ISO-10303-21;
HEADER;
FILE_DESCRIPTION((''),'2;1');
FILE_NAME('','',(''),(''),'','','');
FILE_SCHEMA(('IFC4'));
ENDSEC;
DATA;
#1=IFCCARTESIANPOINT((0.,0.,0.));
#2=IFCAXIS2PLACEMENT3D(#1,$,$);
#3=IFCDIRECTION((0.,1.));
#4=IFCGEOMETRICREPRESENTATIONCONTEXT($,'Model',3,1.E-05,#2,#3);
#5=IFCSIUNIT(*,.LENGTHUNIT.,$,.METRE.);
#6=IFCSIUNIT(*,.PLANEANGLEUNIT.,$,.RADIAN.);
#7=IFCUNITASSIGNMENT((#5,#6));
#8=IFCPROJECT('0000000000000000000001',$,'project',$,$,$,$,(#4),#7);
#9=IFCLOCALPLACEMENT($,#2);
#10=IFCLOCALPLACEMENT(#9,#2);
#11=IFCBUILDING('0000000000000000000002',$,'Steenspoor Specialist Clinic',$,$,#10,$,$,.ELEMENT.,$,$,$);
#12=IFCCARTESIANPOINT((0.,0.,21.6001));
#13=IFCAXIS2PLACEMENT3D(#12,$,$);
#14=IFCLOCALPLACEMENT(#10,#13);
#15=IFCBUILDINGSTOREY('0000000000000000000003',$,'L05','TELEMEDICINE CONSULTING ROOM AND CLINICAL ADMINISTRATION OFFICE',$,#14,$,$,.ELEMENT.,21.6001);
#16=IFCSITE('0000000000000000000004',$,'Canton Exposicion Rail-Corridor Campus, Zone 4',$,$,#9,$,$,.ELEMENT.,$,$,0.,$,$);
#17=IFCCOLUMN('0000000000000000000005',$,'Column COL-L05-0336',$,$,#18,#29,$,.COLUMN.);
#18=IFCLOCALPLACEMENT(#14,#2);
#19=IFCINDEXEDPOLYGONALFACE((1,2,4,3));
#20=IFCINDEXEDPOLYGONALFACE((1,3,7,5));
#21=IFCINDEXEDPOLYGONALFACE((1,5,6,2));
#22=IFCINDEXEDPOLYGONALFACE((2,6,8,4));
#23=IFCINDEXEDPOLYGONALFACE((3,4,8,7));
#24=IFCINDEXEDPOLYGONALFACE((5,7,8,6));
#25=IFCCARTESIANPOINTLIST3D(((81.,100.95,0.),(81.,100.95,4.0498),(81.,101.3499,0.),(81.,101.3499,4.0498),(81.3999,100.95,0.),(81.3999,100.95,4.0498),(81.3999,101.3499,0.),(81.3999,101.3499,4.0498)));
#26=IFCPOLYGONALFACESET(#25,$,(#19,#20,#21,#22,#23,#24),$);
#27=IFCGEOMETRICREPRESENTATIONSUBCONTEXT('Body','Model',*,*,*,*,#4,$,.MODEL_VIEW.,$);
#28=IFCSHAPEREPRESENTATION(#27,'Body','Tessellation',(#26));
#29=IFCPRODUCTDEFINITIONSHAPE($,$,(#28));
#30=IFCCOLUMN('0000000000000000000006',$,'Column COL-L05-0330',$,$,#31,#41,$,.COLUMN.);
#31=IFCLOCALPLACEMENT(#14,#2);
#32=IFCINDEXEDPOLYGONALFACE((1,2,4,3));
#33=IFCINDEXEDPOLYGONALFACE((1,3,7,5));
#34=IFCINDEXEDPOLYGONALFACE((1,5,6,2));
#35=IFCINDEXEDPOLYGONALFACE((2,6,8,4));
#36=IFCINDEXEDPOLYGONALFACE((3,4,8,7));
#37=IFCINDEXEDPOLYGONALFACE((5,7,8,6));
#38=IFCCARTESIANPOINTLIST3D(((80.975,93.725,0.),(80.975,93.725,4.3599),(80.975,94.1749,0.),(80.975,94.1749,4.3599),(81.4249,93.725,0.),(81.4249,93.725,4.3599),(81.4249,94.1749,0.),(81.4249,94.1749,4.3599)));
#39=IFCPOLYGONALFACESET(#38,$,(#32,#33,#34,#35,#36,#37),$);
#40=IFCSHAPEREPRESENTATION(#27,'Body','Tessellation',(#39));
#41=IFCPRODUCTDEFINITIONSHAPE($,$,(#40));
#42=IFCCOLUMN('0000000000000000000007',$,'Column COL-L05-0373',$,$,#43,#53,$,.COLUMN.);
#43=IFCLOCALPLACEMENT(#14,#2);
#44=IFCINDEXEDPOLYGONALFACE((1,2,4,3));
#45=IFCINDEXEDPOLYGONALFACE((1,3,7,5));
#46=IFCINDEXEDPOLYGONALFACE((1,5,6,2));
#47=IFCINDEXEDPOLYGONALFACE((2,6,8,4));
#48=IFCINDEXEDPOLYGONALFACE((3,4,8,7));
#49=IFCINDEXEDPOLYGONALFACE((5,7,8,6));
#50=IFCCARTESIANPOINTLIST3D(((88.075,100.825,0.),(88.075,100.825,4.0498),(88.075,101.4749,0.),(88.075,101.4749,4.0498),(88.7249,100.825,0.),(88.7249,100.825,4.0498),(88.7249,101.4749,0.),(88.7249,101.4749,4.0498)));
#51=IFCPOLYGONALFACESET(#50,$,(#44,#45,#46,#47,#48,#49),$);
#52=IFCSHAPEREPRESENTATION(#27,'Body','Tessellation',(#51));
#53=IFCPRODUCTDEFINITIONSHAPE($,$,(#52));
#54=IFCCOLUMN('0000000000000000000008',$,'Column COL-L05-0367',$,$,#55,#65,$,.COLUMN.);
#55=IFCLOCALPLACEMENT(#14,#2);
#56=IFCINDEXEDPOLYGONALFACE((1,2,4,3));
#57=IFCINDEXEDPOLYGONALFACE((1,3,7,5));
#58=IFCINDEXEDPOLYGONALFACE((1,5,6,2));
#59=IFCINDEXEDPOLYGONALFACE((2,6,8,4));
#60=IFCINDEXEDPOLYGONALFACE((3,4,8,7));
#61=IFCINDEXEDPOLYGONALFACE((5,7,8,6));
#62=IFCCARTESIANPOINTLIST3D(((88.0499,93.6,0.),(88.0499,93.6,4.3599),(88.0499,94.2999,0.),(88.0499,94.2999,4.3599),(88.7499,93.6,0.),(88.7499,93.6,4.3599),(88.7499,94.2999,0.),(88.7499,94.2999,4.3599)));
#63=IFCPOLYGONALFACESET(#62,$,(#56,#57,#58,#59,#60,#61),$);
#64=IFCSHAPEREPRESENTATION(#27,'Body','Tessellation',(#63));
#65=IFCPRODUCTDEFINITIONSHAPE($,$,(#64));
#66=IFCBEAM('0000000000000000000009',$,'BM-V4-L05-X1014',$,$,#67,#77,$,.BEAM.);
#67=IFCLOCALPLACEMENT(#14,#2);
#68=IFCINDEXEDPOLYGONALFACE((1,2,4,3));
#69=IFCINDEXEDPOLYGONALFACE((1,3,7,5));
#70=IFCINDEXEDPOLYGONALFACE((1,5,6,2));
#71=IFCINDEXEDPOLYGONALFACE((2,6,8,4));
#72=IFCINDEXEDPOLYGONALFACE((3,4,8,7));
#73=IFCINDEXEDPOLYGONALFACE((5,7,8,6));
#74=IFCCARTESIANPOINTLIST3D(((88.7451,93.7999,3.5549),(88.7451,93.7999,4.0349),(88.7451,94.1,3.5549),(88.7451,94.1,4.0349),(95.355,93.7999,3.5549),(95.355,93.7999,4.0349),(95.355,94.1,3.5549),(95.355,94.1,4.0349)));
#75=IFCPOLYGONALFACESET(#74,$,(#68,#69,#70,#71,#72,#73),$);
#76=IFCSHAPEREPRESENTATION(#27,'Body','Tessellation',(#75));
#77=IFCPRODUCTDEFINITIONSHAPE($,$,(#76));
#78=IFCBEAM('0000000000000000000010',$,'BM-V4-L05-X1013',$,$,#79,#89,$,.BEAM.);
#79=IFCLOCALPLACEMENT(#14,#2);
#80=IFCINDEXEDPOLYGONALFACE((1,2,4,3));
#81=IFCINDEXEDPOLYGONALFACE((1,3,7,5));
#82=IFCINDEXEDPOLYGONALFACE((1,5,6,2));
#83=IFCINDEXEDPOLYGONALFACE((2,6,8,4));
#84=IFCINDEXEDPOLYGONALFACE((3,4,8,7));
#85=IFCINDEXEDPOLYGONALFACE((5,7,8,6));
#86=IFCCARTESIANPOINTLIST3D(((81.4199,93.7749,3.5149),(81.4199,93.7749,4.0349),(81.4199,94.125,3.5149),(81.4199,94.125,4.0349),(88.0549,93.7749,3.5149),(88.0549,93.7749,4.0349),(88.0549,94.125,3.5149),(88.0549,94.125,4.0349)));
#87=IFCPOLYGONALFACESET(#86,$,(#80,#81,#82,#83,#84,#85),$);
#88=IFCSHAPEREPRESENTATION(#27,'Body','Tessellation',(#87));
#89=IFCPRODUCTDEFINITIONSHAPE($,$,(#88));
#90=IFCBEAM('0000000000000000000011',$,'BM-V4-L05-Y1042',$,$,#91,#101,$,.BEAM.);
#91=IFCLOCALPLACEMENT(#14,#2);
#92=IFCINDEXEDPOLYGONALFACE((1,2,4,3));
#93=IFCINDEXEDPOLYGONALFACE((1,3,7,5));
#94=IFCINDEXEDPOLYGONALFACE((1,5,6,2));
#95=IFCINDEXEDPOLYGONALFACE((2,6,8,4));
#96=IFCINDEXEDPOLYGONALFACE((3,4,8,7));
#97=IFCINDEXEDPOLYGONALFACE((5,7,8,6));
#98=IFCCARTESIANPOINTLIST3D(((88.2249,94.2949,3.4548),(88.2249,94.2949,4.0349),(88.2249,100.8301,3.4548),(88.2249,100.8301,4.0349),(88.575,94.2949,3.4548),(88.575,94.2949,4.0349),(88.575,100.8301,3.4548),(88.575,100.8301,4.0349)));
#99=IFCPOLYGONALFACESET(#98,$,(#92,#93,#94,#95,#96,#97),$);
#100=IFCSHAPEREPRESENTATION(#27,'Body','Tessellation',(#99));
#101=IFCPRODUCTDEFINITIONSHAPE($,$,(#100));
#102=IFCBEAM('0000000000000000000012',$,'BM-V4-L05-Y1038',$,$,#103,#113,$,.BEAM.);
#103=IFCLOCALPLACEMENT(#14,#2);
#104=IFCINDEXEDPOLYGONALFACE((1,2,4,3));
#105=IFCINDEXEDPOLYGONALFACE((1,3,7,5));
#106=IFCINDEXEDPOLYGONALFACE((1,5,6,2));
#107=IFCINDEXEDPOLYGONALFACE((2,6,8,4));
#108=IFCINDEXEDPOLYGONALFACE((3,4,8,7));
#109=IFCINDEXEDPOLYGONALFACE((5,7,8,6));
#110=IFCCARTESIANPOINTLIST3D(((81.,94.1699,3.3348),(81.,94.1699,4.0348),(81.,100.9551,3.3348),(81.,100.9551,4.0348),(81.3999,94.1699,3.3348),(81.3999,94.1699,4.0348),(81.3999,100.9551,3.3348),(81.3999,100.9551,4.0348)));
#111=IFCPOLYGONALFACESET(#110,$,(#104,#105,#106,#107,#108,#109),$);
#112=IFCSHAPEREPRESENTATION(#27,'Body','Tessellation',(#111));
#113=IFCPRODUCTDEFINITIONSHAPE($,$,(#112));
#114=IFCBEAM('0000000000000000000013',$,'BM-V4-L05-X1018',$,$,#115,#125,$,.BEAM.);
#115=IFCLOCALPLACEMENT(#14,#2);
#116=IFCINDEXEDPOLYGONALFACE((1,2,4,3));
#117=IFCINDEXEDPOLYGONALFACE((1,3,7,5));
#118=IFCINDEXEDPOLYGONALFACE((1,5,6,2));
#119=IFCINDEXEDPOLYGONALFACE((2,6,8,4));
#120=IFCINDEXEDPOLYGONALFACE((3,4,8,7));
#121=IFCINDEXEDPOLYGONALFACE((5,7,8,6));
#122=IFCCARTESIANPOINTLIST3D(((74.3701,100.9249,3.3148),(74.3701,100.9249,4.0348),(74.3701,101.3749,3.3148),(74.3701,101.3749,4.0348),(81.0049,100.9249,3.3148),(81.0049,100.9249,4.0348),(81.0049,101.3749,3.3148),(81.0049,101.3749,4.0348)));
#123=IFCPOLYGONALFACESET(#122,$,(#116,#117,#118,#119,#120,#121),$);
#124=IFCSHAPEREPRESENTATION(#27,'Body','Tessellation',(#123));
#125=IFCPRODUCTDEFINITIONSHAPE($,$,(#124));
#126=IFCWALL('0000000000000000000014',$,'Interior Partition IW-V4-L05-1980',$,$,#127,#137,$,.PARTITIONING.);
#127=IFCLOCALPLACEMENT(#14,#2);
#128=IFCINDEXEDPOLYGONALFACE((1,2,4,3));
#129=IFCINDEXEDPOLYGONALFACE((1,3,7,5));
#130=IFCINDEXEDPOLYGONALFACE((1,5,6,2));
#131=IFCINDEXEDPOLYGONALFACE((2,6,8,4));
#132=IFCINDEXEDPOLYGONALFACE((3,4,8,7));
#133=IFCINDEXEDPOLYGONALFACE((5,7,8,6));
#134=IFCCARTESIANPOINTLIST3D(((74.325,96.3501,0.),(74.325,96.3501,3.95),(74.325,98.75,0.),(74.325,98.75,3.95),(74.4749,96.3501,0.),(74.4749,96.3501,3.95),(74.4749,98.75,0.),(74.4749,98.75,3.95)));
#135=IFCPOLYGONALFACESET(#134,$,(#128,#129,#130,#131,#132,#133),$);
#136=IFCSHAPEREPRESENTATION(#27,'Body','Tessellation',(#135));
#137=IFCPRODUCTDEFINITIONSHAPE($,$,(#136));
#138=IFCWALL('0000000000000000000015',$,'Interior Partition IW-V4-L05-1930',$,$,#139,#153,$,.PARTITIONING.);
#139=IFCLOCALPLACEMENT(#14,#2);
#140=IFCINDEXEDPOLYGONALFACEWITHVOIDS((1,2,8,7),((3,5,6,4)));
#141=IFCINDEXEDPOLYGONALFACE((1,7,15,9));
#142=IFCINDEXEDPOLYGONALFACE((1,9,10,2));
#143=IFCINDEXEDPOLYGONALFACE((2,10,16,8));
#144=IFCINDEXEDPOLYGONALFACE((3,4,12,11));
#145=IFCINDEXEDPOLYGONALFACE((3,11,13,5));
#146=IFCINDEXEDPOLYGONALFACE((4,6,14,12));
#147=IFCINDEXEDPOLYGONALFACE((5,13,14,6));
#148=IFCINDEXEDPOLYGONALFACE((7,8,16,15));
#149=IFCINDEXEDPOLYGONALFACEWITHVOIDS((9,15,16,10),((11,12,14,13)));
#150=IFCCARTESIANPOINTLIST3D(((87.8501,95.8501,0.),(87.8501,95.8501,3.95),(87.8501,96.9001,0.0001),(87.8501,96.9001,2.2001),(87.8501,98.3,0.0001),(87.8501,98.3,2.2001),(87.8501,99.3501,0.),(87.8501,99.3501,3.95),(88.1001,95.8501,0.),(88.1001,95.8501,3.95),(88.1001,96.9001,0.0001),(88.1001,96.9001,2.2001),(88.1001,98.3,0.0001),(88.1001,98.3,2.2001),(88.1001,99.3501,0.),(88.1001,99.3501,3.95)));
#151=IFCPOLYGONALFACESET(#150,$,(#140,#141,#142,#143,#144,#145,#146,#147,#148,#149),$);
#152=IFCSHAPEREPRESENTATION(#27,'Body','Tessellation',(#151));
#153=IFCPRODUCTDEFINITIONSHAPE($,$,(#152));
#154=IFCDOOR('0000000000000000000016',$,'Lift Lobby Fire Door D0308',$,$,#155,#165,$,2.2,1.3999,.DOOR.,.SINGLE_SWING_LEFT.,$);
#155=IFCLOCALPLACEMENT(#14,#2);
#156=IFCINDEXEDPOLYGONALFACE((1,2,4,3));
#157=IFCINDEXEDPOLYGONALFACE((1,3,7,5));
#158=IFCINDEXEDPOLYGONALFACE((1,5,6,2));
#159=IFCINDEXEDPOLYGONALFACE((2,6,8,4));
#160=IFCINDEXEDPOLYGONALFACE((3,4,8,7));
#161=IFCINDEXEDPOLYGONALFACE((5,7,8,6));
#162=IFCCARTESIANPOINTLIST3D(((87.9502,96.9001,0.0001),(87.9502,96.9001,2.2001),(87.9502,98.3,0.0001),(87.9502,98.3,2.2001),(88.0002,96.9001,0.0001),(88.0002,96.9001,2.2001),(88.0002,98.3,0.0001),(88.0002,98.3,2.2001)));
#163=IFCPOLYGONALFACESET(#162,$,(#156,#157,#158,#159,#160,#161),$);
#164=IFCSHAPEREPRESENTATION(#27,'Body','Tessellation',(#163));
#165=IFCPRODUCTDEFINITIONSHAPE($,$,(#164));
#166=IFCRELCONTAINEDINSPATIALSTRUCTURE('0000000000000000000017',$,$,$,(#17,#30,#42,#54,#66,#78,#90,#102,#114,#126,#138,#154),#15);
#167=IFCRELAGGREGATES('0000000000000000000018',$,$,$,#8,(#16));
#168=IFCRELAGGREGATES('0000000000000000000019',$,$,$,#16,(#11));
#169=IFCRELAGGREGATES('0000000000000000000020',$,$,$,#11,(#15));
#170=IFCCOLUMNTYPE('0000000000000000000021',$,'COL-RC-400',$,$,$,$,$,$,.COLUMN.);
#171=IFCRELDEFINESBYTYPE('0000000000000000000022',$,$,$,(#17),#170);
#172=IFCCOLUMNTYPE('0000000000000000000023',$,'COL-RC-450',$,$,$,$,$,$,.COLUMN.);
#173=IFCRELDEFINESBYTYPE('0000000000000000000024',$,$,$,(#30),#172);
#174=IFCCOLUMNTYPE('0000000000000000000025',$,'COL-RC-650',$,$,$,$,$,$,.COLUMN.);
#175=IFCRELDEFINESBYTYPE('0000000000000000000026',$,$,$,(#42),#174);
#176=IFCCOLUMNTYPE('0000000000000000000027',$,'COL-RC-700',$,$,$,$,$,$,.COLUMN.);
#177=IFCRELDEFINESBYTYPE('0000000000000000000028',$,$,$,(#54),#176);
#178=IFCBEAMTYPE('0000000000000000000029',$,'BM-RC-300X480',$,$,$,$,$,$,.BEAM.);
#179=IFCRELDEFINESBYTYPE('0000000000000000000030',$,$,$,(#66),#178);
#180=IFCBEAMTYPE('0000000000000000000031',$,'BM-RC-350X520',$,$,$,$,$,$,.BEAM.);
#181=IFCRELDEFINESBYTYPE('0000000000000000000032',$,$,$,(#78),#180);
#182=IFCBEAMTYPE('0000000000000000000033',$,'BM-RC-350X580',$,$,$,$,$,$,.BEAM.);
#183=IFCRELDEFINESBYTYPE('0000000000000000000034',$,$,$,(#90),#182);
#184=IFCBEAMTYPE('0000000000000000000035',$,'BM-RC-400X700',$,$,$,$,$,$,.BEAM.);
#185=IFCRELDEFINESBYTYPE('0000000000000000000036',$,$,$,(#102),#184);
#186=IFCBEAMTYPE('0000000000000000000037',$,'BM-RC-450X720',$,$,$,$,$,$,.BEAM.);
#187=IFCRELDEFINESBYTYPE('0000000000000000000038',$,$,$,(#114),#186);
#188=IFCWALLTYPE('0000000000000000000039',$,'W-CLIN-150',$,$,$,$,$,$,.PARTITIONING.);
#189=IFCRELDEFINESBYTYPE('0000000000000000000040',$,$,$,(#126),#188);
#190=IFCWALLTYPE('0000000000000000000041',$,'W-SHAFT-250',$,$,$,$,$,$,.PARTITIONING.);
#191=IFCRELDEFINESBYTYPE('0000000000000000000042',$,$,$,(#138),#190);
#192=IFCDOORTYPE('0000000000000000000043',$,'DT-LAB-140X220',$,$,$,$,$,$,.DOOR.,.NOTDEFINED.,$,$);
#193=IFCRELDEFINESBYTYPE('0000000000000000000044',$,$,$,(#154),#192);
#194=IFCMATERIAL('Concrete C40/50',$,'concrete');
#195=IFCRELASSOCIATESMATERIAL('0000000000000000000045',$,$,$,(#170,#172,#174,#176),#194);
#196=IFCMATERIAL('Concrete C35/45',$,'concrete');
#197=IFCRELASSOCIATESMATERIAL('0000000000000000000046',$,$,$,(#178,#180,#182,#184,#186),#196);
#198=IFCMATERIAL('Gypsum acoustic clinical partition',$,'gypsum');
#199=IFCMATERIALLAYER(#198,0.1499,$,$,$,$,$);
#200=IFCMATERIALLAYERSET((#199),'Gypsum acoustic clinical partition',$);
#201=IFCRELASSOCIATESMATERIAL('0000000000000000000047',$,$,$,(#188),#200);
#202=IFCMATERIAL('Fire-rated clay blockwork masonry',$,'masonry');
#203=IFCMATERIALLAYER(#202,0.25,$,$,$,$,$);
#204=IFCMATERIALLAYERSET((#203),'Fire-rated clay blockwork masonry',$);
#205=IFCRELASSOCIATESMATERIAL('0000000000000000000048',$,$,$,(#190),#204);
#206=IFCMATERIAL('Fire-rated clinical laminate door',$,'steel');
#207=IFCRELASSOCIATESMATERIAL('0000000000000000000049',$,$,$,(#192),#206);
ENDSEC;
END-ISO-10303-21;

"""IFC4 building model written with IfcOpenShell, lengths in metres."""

from ifc_helpers import new_model, si_unit, direction, frame, frame_2d, origin, origin_2d, place, context, subcontext, project, spatial, rectangle, extrude, material, layer, layer_set, material_profile, profile_set, type_object, element, fill, save


model = new_model("IFC4")

# Units and contexts
model_context = context("Model", 3, precision=1e-05, world=origin(), true_north=direction((0.0, 1.0)))
body_context = subcontext(model_context, "Body", "Model", "MODEL_VIEW")
ifc_project = project(units=[si_unit("LENGTHUNIT", "METRE"), si_unit("PLANEANGLEUNIT", "RADIAN")], contexts=[model_context])

# Site, building, storey
site_placement = place(None, origin())
site = spatial("IfcSite", under=ifc_project, at=site_placement, Name="Canton Exposicion Rail-Corridor Campus, Zone 4", CompositionType="ELEMENT", RefElevation=0.0)
building_placement = place(site_placement, origin())
building = spatial("IfcBuilding", under=site, at=building_placement, Name="Steenspoor Specialist Clinic", CompositionType="ELEMENT")
storey_placement = place(building_placement, frame((0.0, 0.0, 21.6001)))
storey = spatial("IfcBuildingStorey", under=building, at=storey_placement, Name="L05", Description="TELEMEDICINE CONSULTING ROOM AND CLINICAL ADMINISTRATION OFFICE", CompositionType="ELEMENT", Elevation=21.6001)

# Columns
ifc_material_1 = material(Name="Concrete C40/50", Category="concrete")
ifc_material_profile_1 = material_profile(ifc_material_1, rectangle(XDim=0.3999, YDim=0.3999, at=origin_2d()), Name="RC-COL-400X400")
ifc_profile_set_1 = profile_set([ifc_material_profile_1], Name="Concrete C40/50")
column_type_1 = type_object("IfcColumnType", Name="COL-RC-400", PredefinedType="COLUMN", material=ifc_profile_set_1)
column_1_placement = place(storey_placement, frame((81.2, 101.1499, 0.0), z_axis=(0.0, 0.0, 1.0), x_axis=(1.0, 0.0, 0.0)))
element("IfcColumn", 1, at=column_1_placement, inside=storey, type_object=column_type_1, Name="Column COL-L05-0336", PredefinedType="COLUMN", context=body_context, shape_type="SweptSolid", body=[
    extrude(rectangle(XDim=0.3999, YDim=0.3999, at=origin_2d()), origin(), (0.0, 0.0, 1.0), 4.0498),
])
ifc_material_profile_2 = material_profile(ifc_material_1, rectangle(XDim=0.45, YDim=0.45, at=origin_2d()), Name="RC-COL-450X450")
ifc_profile_set_2 = profile_set([ifc_material_profile_2], Name="Concrete C40/50")
column_type_2 = type_object("IfcColumnType", Name="COL-RC-450", PredefinedType="COLUMN", material=ifc_profile_set_2)
column_2_placement = place(storey_placement, frame((81.2, 93.95, 0.0), z_axis=(0.0, 0.0, 1.0), x_axis=(1.0, 0.0, 0.0)))
element("IfcColumn", 2, at=column_2_placement, inside=storey, type_object=column_type_2, Name="Column COL-L05-0330", PredefinedType="COLUMN", context=body_context, shape_type="SweptSolid", body=[
    extrude(rectangle(XDim=0.45, YDim=0.45, at=origin_2d()), origin(), (0.0, 0.0, 1.0), 4.3599),
])
ifc_material_profile_3 = material_profile(ifc_material_1, rectangle(XDim=0.6499, YDim=0.6499, at=origin_2d()), Name="RC-COL-650X650")
ifc_profile_set_3 = profile_set([ifc_material_profile_3], Name="Concrete C40/50")
column_type_3 = type_object("IfcColumnType", Name="COL-RC-650", PredefinedType="COLUMN", material=ifc_profile_set_3)
column_3_placement = place(storey_placement, frame((88.3999, 101.1499, 0.0), z_axis=(0.0, 0.0, 1.0), x_axis=(1.0, 0.0, 0.0)))
element("IfcColumn", 3, at=column_3_placement, inside=storey, type_object=column_type_3, Name="Column COL-L05-0373", PredefinedType="COLUMN", context=body_context, shape_type="SweptSolid", body=[
    extrude(rectangle(XDim=0.6499, YDim=0.6499, at=origin_2d()), origin(), (0.0, 0.0, 1.0), 4.0498),
])
ifc_material_profile_4 = material_profile(ifc_material_1, rectangle(XDim=0.7, YDim=0.7, at=origin_2d()), Name="RC-COL-700X700")
ifc_profile_set_4 = profile_set([ifc_material_profile_4], Name="Concrete C40/50")
column_type_4 = type_object("IfcColumnType", Name="COL-RC-700", PredefinedType="COLUMN", material=ifc_profile_set_4)
column_4_placement = place(storey_placement, frame((88.3999, 93.95, 0.0), z_axis=(0.0, 0.0, 1.0), x_axis=(1.0, 0.0, 0.0)))
element("IfcColumn", 4, at=column_4_placement, inside=storey, type_object=column_type_4, Name="Column COL-L05-0367", PredefinedType="COLUMN", context=body_context, shape_type="SweptSolid", body=[
    extrude(rectangle(XDim=0.7, YDim=0.7, at=origin_2d()), origin(), (0.0, 0.0, 1.0), 4.3599),
])

# Beams
ifc_material_2 = material(Name="Concrete C35/45", Category="concrete")
ifc_material_profile_5 = material_profile(ifc_material_2, rectangle(XDim=0.3, YDim=0.48, at=origin_2d()), Name="RC-BM-300X480")
ifc_profile_set_5 = profile_set([ifc_material_profile_5], Name="Concrete C35/45")
beam_type_1 = type_object("IfcBeamType", Name="BM-RC-300X480", PredefinedType="BEAM", material=ifc_profile_set_5)
beam_1_placement = place(storey_placement, frame((88.7451, 93.95, 3.7949), z_axis=(1.0, 0.0, 0.0), x_axis=(0.0, 1.0, 0.0)))
element("IfcBeam", 5, at=beam_1_placement, inside=storey, type_object=beam_type_1, Name="BM-V4-L05-X1014", PredefinedType="BEAM", context=body_context, shape_type="SweptSolid", body=[
    extrude(rectangle(XDim=0.3, YDim=0.48, at=origin_2d()), origin(), (0.0, 0.0, 1.0), 6.6099),
])
ifc_material_profile_6 = material_profile(ifc_material_2, rectangle(XDim=0.3501, YDim=0.52, at=origin_2d()), Name="RC-BM-350X520")
ifc_profile_set_6 = profile_set([ifc_material_profile_6], Name="Concrete C35/45")
beam_type_2 = type_object("IfcBeamType", Name="BM-RC-350X520", PredefinedType="BEAM", material=ifc_profile_set_6)
beam_2_placement = place(storey_placement, frame((81.4199, 93.95, 3.7749), z_axis=(1.0, 0.0, 0.0), x_axis=(0.0, 1.0, 0.0)))
element("IfcBeam", 6, at=beam_2_placement, inside=storey, type_object=beam_type_2, Name="BM-V4-L05-X1013", PredefinedType="BEAM", context=body_context, shape_type="SweptSolid", body=[
    extrude(rectangle(XDim=0.3501, YDim=0.52, at=origin_2d()), origin(), (0.0, 0.0, 1.0), 6.635),
])
ifc_material_profile_7 = material_profile(ifc_material_2, rectangle(XDim=0.3501, YDim=0.5801, at=origin_2d()), Name="RC-BM-350X580")
ifc_profile_set_7 = profile_set([ifc_material_profile_7], Name="Concrete C35/45")
beam_type_3 = type_object("IfcBeamType", Name="BM-RC-350X580", PredefinedType="BEAM", material=ifc_profile_set_7)
beam_3_placement = place(storey_placement, frame((88.3999, 94.2949, 3.7449), z_axis=(0.0, 1.0, 0.0), x_axis=(-1.0, 0.0, 0.0)))
element("IfcBeam", 7, at=beam_3_placement, inside=storey, type_object=beam_type_3, Name="BM-V4-L05-Y1042", PredefinedType="BEAM", context=body_context, shape_type="SweptSolid", body=[
    extrude(rectangle(XDim=0.3501, YDim=0.5801, at=origin_2d()), origin(), (0.0, 0.0, 1.0), 6.5352),
])
ifc_material_profile_8 = material_profile(ifc_material_2, rectangle(XDim=0.3999, YDim=0.7, at=origin_2d()), Name="RC-BM-400X700")
ifc_profile_set_8 = profile_set([ifc_material_profile_8], Name="Concrete C35/45")
beam_type_4 = type_object("IfcBeamType", Name="BM-RC-400X700", PredefinedType="BEAM", material=ifc_profile_set_8)
beam_4_placement = place(storey_placement, frame((81.2, 94.1699, 3.6848), z_axis=(0.0, 1.0, 0.0), x_axis=(-1.0, 0.0, 0.0)))
element("IfcBeam", 8, at=beam_4_placement, inside=storey, type_object=beam_type_4, Name="BM-V4-L05-Y1038", PredefinedType="BEAM", context=body_context, shape_type="SweptSolid", body=[
    extrude(rectangle(XDim=0.3999, YDim=0.7, at=origin_2d()), origin(), (0.0, 0.0, 1.0), 6.7852),
])
ifc_material_profile_9 = material_profile(ifc_material_2, rectangle(XDim=0.45, YDim=0.72, at=origin_2d()), Name="RC-BM-450X720")
ifc_profile_set_9 = profile_set([ifc_material_profile_9], Name="Concrete C35/45")
beam_type_5 = type_object("IfcBeamType", Name="BM-RC-450X720", PredefinedType="BEAM", material=ifc_profile_set_9)
beam_5_placement = place(storey_placement, frame((74.3701, 101.1499, 3.6748), z_axis=(1.0, 0.0, 0.0), x_axis=(0.0, 1.0, 0.0)))
element("IfcBeam", 9, at=beam_5_placement, inside=storey, type_object=beam_type_5, Name="BM-V4-L05-X1018", PredefinedType="BEAM", context=body_context, shape_type="SweptSolid", body=[
    extrude(rectangle(XDim=0.45, YDim=0.72, at=origin_2d()), origin(), (0.0, 0.0, 1.0), 6.6348),
])

# Wall
ifc_material_3 = material(Name="Gypsum acoustic clinical partition", Category="gypsum")
ifc_layer_1 = layer(ifc_material_3, 0.1499)
ifc_layer_set_1 = layer_set([ifc_layer_1], Name="Gypsum acoustic clinical partition")
wall_type_1 = type_object("IfcWallType", Name="W-CLIN-150", PredefinedType="PARTITIONING", material=ifc_layer_set_1)
wall_1_placement = place(storey_placement, frame((74.3999, 96.3501, 0.0), z_axis=(0.0, 0.0, 1.0), x_axis=(0.0, 1.0, 0.0)))
element("IfcWall", 10, at=wall_1_placement, inside=storey, type_object=wall_type_1, Name="Interior Partition IW-V4-L05-1980", PredefinedType="PARTITIONING", context=body_context, shape_type="SweptSolid", body=[
    extrude(rectangle(XDim=2.3999, YDim=0.1499, at=frame_2d((1.2, 0.0))), origin(), (0.0, 0.0, 1.0), 3.95),
])

# Wall, opening, door
ifc_material_4 = material(Name="Fire-rated clay blockwork masonry", Category="masonry")
ifc_layer_2 = layer(ifc_material_4, 0.25)
ifc_layer_set_2 = layer_set([ifc_layer_2], Name="Fire-rated clay blockwork masonry")
wall_type_2 = type_object("IfcWallType", Name="W-SHAFT-250", PredefinedType="PARTITIONING", material=ifc_layer_set_2)
wall_2_placement = place(storey_placement, frame((87.9751, 95.8501, 0.0), z_axis=(0.0, 0.0, 1.0), x_axis=(0.0, 1.0, 0.0)))
wall_2 = element("IfcWall", 11, at=wall_2_placement, inside=storey, type_object=wall_type_2, Name="Interior Partition IW-V4-L05-1930", PredefinedType="PARTITIONING", context=body_context, shape_type="SweptSolid", body=[
    extrude(rectangle(XDim=3.5, YDim=0.25, at=frame_2d((1.75, 0.0))), origin(), (0.0, 0.0, 1.0), 3.95),
])
opening_1_placement = place(wall_2_placement, frame((1.05, 0.0, 0.0)))
opening_1 = element("IfcOpeningElement", 12, at=opening_1_placement, cuts=wall_2, PredefinedType="OPENING", context=body_context, shape_type="SweptSolid", body=[
    extrude(rectangle(XDim=1.3999, YDim=2.2, at=frame_2d((0.7, 1.1001))), frame((0.0, 0.135, 0.0), z_axis=(0.0, -1.0, 0.0), x_axis=(1.0, 0.0, 0.0)), (0.0, 0.0, 1.0), 0.27),
])
ifc_material_5 = material(Name="Fire-rated clinical laminate door", Category="steel")
door_type_1 = type_object("IfcDoorType", Name="DT-LAB-140X220", OperationType="NOTDEFINED", PredefinedType="DOOR", material=ifc_material_5)
door_1_placement = place(opening_1_placement, origin())
door_1 = element("IfcDoor", 13, at=door_1_placement, inside=storey, type_object=door_type_1, Name="Lift Lobby Fire Door D0308", OperationType="SINGLE_SWING_LEFT", OverallHeight=2.2, OverallWidth=1.3999, PredefinedType="DOOR", context=body_context, shape_type="SweptSolid", body=[
    extrude(rectangle(XDim=1.3999, YDim=2.2, at=frame_2d((0.7, 1.1001))), frame((0.0, 0.0249, 0.0), z_axis=(0.0, -1.0, 0.0), x_axis=(1.0, 0.0, 0.0)), (0.0, 0.0, 1.0), 0.05),
])
fill(opening_1, door_1)

save(model, "model.ifc")
